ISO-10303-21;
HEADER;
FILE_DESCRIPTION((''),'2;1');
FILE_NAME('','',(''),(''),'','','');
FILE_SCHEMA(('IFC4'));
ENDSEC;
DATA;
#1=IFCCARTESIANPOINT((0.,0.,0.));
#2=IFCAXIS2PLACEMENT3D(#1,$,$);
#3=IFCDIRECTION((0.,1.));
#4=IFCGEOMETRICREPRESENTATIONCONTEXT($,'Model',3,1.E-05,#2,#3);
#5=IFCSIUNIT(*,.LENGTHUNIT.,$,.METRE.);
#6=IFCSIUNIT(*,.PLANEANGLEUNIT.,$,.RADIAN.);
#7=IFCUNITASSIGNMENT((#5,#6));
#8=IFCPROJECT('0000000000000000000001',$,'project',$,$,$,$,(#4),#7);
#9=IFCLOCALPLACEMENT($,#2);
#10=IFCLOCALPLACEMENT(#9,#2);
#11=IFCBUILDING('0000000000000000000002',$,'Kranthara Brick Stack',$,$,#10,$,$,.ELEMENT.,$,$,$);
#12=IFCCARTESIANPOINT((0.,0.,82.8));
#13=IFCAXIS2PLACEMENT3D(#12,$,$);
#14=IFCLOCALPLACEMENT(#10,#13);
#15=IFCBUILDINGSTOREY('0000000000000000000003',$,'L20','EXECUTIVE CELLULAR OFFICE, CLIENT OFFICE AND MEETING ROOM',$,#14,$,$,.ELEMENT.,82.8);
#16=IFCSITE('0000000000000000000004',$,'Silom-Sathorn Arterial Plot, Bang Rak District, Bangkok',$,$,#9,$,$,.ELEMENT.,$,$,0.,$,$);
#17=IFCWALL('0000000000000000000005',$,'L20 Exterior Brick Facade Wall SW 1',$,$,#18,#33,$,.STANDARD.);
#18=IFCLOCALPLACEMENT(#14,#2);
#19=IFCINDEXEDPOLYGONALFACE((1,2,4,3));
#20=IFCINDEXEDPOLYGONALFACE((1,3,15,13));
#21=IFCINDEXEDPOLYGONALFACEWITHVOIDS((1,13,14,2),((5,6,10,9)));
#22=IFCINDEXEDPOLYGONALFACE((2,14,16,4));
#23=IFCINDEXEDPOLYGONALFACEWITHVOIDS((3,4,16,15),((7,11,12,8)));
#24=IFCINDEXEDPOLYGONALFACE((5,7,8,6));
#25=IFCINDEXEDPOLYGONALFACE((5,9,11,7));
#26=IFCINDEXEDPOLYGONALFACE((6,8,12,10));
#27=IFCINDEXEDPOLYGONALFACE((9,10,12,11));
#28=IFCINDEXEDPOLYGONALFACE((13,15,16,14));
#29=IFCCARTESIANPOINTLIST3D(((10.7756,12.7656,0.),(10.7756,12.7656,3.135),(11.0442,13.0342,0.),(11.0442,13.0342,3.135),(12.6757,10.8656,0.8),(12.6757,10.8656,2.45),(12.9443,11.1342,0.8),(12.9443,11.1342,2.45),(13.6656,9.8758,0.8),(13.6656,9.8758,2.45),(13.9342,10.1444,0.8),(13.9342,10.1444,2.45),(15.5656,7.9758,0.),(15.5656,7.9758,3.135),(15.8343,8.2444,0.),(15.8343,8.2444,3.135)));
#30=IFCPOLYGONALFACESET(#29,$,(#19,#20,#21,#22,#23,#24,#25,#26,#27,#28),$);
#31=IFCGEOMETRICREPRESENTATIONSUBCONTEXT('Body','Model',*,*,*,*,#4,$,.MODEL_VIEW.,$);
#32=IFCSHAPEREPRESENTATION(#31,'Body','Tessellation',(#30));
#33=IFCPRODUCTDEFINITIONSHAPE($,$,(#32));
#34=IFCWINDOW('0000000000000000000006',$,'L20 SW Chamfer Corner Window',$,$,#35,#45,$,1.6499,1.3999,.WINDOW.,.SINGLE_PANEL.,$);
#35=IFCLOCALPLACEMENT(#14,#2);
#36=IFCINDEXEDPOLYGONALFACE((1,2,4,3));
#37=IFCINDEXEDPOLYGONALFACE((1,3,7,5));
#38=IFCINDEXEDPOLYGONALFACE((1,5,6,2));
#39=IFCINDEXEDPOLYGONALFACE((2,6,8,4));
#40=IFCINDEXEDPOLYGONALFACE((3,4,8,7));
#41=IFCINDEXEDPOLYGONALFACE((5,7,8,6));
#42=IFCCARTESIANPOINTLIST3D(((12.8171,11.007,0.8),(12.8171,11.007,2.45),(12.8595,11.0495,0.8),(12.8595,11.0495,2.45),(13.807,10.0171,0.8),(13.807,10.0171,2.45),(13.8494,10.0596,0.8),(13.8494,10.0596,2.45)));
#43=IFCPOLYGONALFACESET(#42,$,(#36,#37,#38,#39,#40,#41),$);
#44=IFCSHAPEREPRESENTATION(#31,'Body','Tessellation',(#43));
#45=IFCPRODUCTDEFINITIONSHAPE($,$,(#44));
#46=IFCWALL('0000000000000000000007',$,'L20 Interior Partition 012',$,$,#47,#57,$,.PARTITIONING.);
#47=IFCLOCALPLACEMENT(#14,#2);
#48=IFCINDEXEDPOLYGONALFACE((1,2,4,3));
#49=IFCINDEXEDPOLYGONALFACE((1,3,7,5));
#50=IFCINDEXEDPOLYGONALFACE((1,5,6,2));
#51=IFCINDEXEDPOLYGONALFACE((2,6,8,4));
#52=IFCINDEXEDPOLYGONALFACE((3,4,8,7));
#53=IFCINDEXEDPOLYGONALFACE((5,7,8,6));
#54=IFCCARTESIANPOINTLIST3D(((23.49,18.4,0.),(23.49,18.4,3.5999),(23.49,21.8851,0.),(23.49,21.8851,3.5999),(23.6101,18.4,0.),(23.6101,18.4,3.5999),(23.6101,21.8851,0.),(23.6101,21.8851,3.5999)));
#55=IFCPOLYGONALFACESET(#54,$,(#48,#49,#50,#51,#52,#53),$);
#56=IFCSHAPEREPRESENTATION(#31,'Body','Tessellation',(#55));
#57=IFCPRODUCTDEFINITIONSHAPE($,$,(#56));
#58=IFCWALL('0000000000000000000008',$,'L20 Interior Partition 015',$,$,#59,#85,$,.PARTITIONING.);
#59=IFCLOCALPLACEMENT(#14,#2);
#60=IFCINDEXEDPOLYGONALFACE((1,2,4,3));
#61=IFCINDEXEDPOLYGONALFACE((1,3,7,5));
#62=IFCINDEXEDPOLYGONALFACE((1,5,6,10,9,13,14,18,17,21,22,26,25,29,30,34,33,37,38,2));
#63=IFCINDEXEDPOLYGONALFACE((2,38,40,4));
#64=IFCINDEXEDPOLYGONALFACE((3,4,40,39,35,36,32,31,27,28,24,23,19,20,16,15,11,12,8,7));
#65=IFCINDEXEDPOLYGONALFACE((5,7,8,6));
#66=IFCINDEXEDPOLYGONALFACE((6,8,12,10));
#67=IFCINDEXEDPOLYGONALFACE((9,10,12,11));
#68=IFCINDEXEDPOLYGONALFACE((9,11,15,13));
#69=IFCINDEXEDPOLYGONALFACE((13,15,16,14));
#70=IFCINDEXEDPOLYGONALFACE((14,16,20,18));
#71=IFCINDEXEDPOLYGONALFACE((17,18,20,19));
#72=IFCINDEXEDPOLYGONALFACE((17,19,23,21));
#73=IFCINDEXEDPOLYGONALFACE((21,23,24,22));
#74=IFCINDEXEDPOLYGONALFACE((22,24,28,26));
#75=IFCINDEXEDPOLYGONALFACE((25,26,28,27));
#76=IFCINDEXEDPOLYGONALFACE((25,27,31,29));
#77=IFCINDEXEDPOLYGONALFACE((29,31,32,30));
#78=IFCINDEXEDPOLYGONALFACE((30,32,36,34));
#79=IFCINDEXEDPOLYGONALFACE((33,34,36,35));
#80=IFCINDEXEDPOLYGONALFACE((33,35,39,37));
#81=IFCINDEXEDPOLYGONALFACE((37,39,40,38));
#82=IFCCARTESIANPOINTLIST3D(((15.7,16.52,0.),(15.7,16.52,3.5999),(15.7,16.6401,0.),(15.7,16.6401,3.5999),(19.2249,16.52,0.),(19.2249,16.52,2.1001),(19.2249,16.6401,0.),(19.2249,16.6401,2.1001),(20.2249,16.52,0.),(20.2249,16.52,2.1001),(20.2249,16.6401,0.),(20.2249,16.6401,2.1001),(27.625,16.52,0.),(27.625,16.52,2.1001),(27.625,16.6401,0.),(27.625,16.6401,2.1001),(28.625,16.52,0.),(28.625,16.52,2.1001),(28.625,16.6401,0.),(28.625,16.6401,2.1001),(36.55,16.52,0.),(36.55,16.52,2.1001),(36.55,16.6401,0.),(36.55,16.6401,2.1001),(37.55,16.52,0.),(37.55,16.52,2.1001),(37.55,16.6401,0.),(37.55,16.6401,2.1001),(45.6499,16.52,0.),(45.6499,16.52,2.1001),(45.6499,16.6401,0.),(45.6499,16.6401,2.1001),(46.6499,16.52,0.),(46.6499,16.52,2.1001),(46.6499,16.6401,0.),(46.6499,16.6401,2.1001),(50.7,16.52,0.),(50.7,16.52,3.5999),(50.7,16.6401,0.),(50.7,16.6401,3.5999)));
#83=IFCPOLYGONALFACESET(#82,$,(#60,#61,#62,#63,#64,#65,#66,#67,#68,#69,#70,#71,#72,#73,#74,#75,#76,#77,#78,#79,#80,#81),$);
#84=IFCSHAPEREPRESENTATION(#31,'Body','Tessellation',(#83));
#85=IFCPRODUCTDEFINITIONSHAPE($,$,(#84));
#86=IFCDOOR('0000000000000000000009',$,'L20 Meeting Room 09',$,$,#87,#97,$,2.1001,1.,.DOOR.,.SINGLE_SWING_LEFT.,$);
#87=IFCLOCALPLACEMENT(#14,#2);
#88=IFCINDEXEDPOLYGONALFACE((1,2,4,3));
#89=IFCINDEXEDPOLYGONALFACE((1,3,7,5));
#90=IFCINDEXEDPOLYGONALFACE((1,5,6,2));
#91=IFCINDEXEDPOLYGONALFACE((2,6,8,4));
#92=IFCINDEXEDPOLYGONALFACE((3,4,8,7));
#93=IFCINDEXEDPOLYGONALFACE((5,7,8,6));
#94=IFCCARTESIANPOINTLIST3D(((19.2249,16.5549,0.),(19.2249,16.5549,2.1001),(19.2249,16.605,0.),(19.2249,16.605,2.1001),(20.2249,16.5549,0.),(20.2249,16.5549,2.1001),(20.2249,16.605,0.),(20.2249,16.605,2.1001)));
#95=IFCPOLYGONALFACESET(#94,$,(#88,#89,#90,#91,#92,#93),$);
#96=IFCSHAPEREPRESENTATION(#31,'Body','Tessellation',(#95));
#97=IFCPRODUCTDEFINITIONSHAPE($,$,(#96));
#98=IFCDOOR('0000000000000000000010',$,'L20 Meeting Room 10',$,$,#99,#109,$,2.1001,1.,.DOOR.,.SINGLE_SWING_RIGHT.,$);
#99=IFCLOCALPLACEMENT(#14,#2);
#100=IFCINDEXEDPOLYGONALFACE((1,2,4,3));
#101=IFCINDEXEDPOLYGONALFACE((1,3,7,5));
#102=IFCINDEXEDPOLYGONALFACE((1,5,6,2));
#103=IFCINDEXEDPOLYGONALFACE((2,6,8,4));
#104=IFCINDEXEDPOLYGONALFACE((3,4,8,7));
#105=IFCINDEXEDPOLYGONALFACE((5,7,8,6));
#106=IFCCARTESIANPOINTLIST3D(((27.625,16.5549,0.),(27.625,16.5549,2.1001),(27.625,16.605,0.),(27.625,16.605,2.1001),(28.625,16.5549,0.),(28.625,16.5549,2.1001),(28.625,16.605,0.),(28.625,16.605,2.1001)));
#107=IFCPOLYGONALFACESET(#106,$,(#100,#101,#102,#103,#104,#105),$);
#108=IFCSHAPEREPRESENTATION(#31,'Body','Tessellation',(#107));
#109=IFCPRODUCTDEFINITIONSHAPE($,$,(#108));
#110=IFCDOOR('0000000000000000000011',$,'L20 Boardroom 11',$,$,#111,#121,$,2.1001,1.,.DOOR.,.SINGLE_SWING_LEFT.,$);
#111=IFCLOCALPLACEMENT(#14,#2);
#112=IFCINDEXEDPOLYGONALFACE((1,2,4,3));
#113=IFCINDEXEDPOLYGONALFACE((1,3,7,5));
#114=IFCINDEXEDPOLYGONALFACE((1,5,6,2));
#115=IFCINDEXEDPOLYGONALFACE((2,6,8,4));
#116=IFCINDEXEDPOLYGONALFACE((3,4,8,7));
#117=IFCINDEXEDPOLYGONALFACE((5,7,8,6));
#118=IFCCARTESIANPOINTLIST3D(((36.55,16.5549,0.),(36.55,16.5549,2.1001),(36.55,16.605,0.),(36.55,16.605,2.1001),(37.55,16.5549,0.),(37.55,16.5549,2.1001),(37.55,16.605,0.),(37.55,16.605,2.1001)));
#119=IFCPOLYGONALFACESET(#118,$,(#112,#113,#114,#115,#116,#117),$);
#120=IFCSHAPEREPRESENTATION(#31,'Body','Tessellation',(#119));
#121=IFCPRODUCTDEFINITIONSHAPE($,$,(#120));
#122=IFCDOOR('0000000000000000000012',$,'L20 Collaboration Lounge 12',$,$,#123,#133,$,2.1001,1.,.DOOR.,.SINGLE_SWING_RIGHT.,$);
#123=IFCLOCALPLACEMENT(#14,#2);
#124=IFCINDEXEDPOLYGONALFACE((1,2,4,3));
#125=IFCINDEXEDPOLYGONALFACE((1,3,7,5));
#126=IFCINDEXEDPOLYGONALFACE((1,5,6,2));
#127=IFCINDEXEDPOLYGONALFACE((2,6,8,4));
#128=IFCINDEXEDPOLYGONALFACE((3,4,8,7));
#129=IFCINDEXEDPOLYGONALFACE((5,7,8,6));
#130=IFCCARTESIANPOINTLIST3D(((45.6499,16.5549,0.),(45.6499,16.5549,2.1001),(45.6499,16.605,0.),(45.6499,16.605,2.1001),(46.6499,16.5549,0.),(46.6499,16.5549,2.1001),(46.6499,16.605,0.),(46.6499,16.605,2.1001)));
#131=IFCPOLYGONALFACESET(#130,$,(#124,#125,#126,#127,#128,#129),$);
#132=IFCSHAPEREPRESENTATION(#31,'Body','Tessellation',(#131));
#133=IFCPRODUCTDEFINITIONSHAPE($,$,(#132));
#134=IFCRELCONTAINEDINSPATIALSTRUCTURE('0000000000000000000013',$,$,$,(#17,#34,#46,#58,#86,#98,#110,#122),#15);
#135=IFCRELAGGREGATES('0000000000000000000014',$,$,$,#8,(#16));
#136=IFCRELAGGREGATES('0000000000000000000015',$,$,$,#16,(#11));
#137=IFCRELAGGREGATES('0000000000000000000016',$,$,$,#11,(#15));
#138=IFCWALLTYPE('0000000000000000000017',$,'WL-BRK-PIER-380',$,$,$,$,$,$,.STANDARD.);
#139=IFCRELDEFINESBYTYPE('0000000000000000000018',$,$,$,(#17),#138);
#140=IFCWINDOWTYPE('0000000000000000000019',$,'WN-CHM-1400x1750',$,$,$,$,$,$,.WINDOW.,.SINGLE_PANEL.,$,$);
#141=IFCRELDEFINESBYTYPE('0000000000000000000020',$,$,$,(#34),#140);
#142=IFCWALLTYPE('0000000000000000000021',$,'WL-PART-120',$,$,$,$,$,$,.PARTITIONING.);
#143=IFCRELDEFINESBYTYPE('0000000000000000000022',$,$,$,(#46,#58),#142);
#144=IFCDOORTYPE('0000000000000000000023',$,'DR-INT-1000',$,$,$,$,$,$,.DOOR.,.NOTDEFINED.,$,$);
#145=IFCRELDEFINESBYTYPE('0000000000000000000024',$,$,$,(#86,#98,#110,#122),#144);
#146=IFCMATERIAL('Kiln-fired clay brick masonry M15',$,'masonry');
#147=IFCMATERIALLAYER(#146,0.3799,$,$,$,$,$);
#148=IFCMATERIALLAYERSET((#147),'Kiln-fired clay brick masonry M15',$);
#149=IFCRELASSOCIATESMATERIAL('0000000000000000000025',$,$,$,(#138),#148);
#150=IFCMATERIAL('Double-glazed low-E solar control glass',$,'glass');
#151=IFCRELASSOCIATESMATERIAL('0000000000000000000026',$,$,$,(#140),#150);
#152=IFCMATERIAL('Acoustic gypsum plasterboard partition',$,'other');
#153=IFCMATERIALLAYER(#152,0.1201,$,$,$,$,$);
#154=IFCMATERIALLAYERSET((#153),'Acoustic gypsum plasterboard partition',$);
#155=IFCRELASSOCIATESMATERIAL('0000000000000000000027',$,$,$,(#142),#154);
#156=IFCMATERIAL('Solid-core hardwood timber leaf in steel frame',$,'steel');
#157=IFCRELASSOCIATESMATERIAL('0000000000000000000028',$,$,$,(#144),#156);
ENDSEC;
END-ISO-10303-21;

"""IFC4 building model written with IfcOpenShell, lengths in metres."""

from ifc_helpers import new_model, si_unit, direction, frame, frame_2d, origin, place, context, subcontext, project, spatial, rectangle, extrude, material, layer, layer_set, type_object, element, fill, save


model = new_model("IFC4")

# Units and contexts
model_context = context("Model", 3, precision=1e-05, world=origin(), true_north=direction((0.0, 1.0)))
body_context = subcontext(model_context, "Body", "Model", "MODEL_VIEW")
ifc_project = project(units=[si_unit("LENGTHUNIT", "METRE"), si_unit("PLANEANGLEUNIT", "RADIAN")], contexts=[model_context])

# Site, building, storey
site_placement = place(None, origin())
site = spatial("IfcSite", under=ifc_project, at=site_placement, Name="Silom-Sathorn Arterial Plot, Bang Rak District, Bangkok", CompositionType="ELEMENT", RefElevation=0.0)
building_placement = place(site_placement, origin())
building = spatial("IfcBuilding", under=site, at=building_placement, Name="Kranthara Brick Stack", CompositionType="ELEMENT")
storey_placement = place(building_placement, frame((0.0, 0.0, 82.8)))
storey = spatial("IfcBuildingStorey", under=building, at=storey_placement, Name="L20", Description="EXECUTIVE CELLULAR OFFICE, CLIENT OFFICE AND MEETING ROOM", CompositionType="ELEMENT", Elevation=82.8)

# Wall, opening, window
ifc_material_1 = material(Name="Kiln-fired clay brick masonry M15", Category="masonry")
ifc_layer_1 = layer(ifc_material_1, 0.3799)
ifc_layer_set_1 = layer_set([ifc_layer_1], Name="Kiln-fired clay brick masonry M15")
wall_type_1 = type_object("IfcWallType", Name="WL-BRK-PIER-380", PredefinedType="STANDARD", material=ifc_layer_set_1)
wall_1_placement = place(storey_placement, frame((15.7, 8.1101, 0.0), z_axis=(0.0, 0.0, 1.0), x_axis=(-0.707125, 0.707089, 0.0)))
wall_1 = element("IfcWall", 1, at=wall_1_placement, inside=storey, type_object=wall_type_1, Name="L20 Exterior Brick Facade Wall SW 1", PredefinedType="STANDARD", context=body_context, shape_type="SweptSolid", body=[
    extrude(rectangle(XDim=6.7739, YDim=0.3799, at=frame_2d((3.387, 0.0))), origin(), (0.0, 0.0, 1.0), 3.135),
])
opening_1_placement = place(wall_1_placement, frame((2.687, 0.0, 0.8)))
opening_1 = element("IfcOpeningElement", 2, at=opening_1_placement, cuts=wall_1, PredefinedType="OPENING", context=body_context, shape_type="SweptSolid", body=[
    extrude(rectangle(XDim=1.3999, YDim=1.6499, at=frame_2d((0.7, 0.825))), frame((0.0, 0.2, 0.0), z_axis=(0.0, -1.0, 0.0), x_axis=(1.0, 0.0, 0.0)), (0.0, 0.0, 1.0), 0.3999),
])
ifc_material_2 = material(Name="Double-glazed low-E solar control glass", Category="glass")
window_type = type_object("IfcWindowType", Name="WN-CHM-1400x1750", PartitioningType="SINGLE_PANEL", PredefinedType="WINDOW", material=ifc_material_2)
window_placement = place(opening_1_placement, origin())
window = element("IfcWindow", 3, at=window_placement, inside=storey, type_object=window_type, Name="L20 SW Chamfer Corner Window", OverallHeight=1.6499, OverallWidth=1.3999, PartitioningType="SINGLE_PANEL", PredefinedType="WINDOW", context=body_context, shape_type="SweptSolid", body=[
    extrude(rectangle(XDim=1.3999, YDim=1.6499, at=frame_2d((0.7, 0.825))), frame((0.0, -0.01, 0.0), z_axis=(0.0, -1.0, 0.0), x_axis=(1.0, 0.0, 0.0)), (0.0, 0.0, 1.0), 0.0601),
])
fill(opening_1, window)

# Wall
ifc_material_3 = material(Name="Acoustic gypsum plasterboard partition", Category="other")
ifc_layer_2 = layer(ifc_material_3, 0.1201)
ifc_layer_set_2 = layer_set([ifc_layer_2], Name="Acoustic gypsum plasterboard partition")
wall_type_2 = type_object("IfcWallType", Name="WL-PART-120", PredefinedType="PARTITIONING", material=ifc_layer_set_2)
wall_2_placement = place(storey_placement, frame((23.55, 18.3999, 0.0), z_axis=(0.0, 0.0, 1.0), x_axis=(0.0, 1.0, 0.0)))
element("IfcWall", 4, at=wall_2_placement, inside=storey, type_object=wall_type_2, Name="L20 Interior Partition 012", PredefinedType="PARTITIONING", context=body_context, shape_type="SweptSolid", body=[
    extrude(rectangle(XDim=3.4851, YDim=0.1201, at=frame_2d((1.7427, 0.0))), origin(), (0.0, 0.0, 1.0), 3.5999),
])

# Wall, openings, doors
wall_3_placement = place(storey_placement, frame((15.7, 16.5801, 0.0), z_axis=(0.0, 0.0, 1.0), x_axis=(1.0, 0.0, 0.0)))
wall_3 = element("IfcWall", 5, at=wall_3_placement, inside=storey, type_object=wall_type_2, Name="L20 Interior Partition 015", PredefinedType="PARTITIONING", context=body_context, shape_type="SweptSolid", body=[
    extrude(rectangle(XDim=35.0, YDim=0.1201, at=frame_2d((17.5, 0.0))), origin(), (0.0, 0.0, 1.0), 3.5999),
])
opening_2_placement = place(wall_3_placement, frame((3.5249, 0.0, 0.0)))
opening_2 = element("IfcOpeningElement", 6, at=opening_2_placement, cuts=wall_3, PredefinedType="OPENING", context=body_context, shape_type="SweptSolid", body=[
    extrude(rectangle(XDim=1.0, YDim=2.1001, at=frame_2d((0.5, 1.05))), frame((0.0, 0.0701, 0.0), z_axis=(0.0, -1.0, 0.0), x_axis=(1.0, 0.0, 0.0)), (0.0, 0.0, 1.0), 0.1401),
])
opening_3_placement = place(wall_3_placement, frame((11.925, 0.0, 0.0)))
opening_3 = element("IfcOpeningElement", 7, at=opening_3_placement, cuts=wall_3, PredefinedType="OPENING", context=body_context, shape_type="SweptSolid", body=[
    extrude(rectangle(XDim=1.0, YDim=2.1001, at=frame_2d((0.5, 1.05))), frame((0.0, 0.0701, 0.0), z_axis=(0.0, -1.0, 0.0), x_axis=(1.0, 0.0, 0.0)), (0.0, 0.0, 1.0), 0.1401),
])
opening_4_placement = place(wall_3_placement, frame((20.8501, 0.0, 0.0)))
opening_4 = element("IfcOpeningElement", 8, at=opening_4_placement, cuts=wall_3, PredefinedType="OPENING", context=body_context, shape_type="SweptSolid", body=[
    extrude(rectangle(XDim=1.0, YDim=2.1001, at=frame_2d((0.5, 1.05))), frame((0.0, 0.0701, 0.0), z_axis=(0.0, -1.0, 0.0), x_axis=(1.0, 0.0, 0.0)), (0.0, 0.0, 1.0), 0.1401),
])
opening_5_placement = place(wall_3_placement, frame((29.95, 0.0, 0.0)))
opening_5 = element("IfcOpeningElement", 9, at=opening_5_placement, cuts=wall_3, PredefinedType="OPENING", context=body_context, shape_type="SweptSolid", body=[
    extrude(rectangle(XDim=1.0, YDim=2.1001, at=frame_2d((0.5, 1.05))), frame((0.0, 0.0701, 0.0), z_axis=(0.0, -1.0, 0.0), x_axis=(1.0, 0.0, 0.0)), (0.0, 0.0, 1.0), 0.1401),
])
ifc_material_4 = material(Name="Solid-core hardwood timber leaf in steel frame", Category="steel")
door_type = type_object("IfcDoorType", Name="DR-INT-1000", OperationType="NOTDEFINED", PredefinedType="DOOR", material=ifc_material_4)
door_1_placement = place(opening_2_placement, origin())
door_1 = element("IfcDoor", 10, at=door_1_placement, inside=storey, type_object=door_type, Name="L20 Meeting Room 09", OperationType="SINGLE_SWING_LEFT", OverallHeight=2.1001, OverallWidth=1.0, PredefinedType="DOOR", context=body_context, shape_type="SweptSolid", body=[
    extrude(rectangle(XDim=1.0, YDim=2.1001, at=frame_2d((0.5, 1.05))), frame((0.0, 0.0249, 0.0), z_axis=(0.0, -1.0, 0.0), x_axis=(1.0, 0.0, 0.0)), (0.0, 0.0, 1.0), 0.05),
])
fill(opening_2, door_1)
door_2_placement = place(opening_3_placement, origin())
door_2 = element("IfcDoor", 11, at=door_2_placement, inside=storey, type_object=door_type, Name="L20 Meeting Room 10", OperationType="SINGLE_SWING_RIGHT", OverallHeight=2.1001, OverallWidth=1.0, PredefinedType="DOOR", context=body_context, shape_type="SweptSolid", body=[
    extrude(rectangle(XDim=1.0, YDim=2.1001, at=frame_2d((0.5, 1.05))), frame((0.0, 0.0249, 0.0), z_axis=(0.0, -1.0, 0.0), x_axis=(1.0, 0.0, 0.0)), (0.0, 0.0, 1.0), 0.05),
])
fill(opening_3, door_2)
door_3_placement = place(opening_4_placement, origin())
door_3 = element("IfcDoor", 12, at=door_3_placement, inside=storey, type_object=door_type, Name="L20 Boardroom 11", OperationType="SINGLE_SWING_LEFT", OverallHeight=2.1001, OverallWidth=1.0, PredefinedType="DOOR", context=body_context, shape_type="SweptSolid", body=[
    extrude(rectangle(XDim=1.0, YDim=2.1001, at=frame_2d((0.5, 1.05))), frame((0.0, 0.0249, 0.0), z_axis=(0.0, -1.0, 0.0), x_axis=(1.0, 0.0, 0.0)), (0.0, 0.0, 1.0), 0.05),
])
fill(opening_4, door_3)
door_4_placement = place(opening_5_placement, origin())
door_4 = element("IfcDoor", 13, at=door_4_placement, inside=storey, type_object=door_type, Name="L20 Collaboration Lounge 12", OperationType="SINGLE_SWING_RIGHT", OverallHeight=2.1001, OverallWidth=1.0, PredefinedType="DOOR", context=body_context, shape_type="SweptSolid", body=[
    extrude(rectangle(XDim=1.0, YDim=2.1001, at=frame_2d((0.5, 1.05))), frame((0.0, 0.0249, 0.0), z_axis=(0.0, -1.0, 0.0), x_axis=(1.0, 0.0, 0.0)), (0.0, 0.0, 1.0), 0.05),
])
fill(opening_5, door_4)

save(model, "model.ifc")
